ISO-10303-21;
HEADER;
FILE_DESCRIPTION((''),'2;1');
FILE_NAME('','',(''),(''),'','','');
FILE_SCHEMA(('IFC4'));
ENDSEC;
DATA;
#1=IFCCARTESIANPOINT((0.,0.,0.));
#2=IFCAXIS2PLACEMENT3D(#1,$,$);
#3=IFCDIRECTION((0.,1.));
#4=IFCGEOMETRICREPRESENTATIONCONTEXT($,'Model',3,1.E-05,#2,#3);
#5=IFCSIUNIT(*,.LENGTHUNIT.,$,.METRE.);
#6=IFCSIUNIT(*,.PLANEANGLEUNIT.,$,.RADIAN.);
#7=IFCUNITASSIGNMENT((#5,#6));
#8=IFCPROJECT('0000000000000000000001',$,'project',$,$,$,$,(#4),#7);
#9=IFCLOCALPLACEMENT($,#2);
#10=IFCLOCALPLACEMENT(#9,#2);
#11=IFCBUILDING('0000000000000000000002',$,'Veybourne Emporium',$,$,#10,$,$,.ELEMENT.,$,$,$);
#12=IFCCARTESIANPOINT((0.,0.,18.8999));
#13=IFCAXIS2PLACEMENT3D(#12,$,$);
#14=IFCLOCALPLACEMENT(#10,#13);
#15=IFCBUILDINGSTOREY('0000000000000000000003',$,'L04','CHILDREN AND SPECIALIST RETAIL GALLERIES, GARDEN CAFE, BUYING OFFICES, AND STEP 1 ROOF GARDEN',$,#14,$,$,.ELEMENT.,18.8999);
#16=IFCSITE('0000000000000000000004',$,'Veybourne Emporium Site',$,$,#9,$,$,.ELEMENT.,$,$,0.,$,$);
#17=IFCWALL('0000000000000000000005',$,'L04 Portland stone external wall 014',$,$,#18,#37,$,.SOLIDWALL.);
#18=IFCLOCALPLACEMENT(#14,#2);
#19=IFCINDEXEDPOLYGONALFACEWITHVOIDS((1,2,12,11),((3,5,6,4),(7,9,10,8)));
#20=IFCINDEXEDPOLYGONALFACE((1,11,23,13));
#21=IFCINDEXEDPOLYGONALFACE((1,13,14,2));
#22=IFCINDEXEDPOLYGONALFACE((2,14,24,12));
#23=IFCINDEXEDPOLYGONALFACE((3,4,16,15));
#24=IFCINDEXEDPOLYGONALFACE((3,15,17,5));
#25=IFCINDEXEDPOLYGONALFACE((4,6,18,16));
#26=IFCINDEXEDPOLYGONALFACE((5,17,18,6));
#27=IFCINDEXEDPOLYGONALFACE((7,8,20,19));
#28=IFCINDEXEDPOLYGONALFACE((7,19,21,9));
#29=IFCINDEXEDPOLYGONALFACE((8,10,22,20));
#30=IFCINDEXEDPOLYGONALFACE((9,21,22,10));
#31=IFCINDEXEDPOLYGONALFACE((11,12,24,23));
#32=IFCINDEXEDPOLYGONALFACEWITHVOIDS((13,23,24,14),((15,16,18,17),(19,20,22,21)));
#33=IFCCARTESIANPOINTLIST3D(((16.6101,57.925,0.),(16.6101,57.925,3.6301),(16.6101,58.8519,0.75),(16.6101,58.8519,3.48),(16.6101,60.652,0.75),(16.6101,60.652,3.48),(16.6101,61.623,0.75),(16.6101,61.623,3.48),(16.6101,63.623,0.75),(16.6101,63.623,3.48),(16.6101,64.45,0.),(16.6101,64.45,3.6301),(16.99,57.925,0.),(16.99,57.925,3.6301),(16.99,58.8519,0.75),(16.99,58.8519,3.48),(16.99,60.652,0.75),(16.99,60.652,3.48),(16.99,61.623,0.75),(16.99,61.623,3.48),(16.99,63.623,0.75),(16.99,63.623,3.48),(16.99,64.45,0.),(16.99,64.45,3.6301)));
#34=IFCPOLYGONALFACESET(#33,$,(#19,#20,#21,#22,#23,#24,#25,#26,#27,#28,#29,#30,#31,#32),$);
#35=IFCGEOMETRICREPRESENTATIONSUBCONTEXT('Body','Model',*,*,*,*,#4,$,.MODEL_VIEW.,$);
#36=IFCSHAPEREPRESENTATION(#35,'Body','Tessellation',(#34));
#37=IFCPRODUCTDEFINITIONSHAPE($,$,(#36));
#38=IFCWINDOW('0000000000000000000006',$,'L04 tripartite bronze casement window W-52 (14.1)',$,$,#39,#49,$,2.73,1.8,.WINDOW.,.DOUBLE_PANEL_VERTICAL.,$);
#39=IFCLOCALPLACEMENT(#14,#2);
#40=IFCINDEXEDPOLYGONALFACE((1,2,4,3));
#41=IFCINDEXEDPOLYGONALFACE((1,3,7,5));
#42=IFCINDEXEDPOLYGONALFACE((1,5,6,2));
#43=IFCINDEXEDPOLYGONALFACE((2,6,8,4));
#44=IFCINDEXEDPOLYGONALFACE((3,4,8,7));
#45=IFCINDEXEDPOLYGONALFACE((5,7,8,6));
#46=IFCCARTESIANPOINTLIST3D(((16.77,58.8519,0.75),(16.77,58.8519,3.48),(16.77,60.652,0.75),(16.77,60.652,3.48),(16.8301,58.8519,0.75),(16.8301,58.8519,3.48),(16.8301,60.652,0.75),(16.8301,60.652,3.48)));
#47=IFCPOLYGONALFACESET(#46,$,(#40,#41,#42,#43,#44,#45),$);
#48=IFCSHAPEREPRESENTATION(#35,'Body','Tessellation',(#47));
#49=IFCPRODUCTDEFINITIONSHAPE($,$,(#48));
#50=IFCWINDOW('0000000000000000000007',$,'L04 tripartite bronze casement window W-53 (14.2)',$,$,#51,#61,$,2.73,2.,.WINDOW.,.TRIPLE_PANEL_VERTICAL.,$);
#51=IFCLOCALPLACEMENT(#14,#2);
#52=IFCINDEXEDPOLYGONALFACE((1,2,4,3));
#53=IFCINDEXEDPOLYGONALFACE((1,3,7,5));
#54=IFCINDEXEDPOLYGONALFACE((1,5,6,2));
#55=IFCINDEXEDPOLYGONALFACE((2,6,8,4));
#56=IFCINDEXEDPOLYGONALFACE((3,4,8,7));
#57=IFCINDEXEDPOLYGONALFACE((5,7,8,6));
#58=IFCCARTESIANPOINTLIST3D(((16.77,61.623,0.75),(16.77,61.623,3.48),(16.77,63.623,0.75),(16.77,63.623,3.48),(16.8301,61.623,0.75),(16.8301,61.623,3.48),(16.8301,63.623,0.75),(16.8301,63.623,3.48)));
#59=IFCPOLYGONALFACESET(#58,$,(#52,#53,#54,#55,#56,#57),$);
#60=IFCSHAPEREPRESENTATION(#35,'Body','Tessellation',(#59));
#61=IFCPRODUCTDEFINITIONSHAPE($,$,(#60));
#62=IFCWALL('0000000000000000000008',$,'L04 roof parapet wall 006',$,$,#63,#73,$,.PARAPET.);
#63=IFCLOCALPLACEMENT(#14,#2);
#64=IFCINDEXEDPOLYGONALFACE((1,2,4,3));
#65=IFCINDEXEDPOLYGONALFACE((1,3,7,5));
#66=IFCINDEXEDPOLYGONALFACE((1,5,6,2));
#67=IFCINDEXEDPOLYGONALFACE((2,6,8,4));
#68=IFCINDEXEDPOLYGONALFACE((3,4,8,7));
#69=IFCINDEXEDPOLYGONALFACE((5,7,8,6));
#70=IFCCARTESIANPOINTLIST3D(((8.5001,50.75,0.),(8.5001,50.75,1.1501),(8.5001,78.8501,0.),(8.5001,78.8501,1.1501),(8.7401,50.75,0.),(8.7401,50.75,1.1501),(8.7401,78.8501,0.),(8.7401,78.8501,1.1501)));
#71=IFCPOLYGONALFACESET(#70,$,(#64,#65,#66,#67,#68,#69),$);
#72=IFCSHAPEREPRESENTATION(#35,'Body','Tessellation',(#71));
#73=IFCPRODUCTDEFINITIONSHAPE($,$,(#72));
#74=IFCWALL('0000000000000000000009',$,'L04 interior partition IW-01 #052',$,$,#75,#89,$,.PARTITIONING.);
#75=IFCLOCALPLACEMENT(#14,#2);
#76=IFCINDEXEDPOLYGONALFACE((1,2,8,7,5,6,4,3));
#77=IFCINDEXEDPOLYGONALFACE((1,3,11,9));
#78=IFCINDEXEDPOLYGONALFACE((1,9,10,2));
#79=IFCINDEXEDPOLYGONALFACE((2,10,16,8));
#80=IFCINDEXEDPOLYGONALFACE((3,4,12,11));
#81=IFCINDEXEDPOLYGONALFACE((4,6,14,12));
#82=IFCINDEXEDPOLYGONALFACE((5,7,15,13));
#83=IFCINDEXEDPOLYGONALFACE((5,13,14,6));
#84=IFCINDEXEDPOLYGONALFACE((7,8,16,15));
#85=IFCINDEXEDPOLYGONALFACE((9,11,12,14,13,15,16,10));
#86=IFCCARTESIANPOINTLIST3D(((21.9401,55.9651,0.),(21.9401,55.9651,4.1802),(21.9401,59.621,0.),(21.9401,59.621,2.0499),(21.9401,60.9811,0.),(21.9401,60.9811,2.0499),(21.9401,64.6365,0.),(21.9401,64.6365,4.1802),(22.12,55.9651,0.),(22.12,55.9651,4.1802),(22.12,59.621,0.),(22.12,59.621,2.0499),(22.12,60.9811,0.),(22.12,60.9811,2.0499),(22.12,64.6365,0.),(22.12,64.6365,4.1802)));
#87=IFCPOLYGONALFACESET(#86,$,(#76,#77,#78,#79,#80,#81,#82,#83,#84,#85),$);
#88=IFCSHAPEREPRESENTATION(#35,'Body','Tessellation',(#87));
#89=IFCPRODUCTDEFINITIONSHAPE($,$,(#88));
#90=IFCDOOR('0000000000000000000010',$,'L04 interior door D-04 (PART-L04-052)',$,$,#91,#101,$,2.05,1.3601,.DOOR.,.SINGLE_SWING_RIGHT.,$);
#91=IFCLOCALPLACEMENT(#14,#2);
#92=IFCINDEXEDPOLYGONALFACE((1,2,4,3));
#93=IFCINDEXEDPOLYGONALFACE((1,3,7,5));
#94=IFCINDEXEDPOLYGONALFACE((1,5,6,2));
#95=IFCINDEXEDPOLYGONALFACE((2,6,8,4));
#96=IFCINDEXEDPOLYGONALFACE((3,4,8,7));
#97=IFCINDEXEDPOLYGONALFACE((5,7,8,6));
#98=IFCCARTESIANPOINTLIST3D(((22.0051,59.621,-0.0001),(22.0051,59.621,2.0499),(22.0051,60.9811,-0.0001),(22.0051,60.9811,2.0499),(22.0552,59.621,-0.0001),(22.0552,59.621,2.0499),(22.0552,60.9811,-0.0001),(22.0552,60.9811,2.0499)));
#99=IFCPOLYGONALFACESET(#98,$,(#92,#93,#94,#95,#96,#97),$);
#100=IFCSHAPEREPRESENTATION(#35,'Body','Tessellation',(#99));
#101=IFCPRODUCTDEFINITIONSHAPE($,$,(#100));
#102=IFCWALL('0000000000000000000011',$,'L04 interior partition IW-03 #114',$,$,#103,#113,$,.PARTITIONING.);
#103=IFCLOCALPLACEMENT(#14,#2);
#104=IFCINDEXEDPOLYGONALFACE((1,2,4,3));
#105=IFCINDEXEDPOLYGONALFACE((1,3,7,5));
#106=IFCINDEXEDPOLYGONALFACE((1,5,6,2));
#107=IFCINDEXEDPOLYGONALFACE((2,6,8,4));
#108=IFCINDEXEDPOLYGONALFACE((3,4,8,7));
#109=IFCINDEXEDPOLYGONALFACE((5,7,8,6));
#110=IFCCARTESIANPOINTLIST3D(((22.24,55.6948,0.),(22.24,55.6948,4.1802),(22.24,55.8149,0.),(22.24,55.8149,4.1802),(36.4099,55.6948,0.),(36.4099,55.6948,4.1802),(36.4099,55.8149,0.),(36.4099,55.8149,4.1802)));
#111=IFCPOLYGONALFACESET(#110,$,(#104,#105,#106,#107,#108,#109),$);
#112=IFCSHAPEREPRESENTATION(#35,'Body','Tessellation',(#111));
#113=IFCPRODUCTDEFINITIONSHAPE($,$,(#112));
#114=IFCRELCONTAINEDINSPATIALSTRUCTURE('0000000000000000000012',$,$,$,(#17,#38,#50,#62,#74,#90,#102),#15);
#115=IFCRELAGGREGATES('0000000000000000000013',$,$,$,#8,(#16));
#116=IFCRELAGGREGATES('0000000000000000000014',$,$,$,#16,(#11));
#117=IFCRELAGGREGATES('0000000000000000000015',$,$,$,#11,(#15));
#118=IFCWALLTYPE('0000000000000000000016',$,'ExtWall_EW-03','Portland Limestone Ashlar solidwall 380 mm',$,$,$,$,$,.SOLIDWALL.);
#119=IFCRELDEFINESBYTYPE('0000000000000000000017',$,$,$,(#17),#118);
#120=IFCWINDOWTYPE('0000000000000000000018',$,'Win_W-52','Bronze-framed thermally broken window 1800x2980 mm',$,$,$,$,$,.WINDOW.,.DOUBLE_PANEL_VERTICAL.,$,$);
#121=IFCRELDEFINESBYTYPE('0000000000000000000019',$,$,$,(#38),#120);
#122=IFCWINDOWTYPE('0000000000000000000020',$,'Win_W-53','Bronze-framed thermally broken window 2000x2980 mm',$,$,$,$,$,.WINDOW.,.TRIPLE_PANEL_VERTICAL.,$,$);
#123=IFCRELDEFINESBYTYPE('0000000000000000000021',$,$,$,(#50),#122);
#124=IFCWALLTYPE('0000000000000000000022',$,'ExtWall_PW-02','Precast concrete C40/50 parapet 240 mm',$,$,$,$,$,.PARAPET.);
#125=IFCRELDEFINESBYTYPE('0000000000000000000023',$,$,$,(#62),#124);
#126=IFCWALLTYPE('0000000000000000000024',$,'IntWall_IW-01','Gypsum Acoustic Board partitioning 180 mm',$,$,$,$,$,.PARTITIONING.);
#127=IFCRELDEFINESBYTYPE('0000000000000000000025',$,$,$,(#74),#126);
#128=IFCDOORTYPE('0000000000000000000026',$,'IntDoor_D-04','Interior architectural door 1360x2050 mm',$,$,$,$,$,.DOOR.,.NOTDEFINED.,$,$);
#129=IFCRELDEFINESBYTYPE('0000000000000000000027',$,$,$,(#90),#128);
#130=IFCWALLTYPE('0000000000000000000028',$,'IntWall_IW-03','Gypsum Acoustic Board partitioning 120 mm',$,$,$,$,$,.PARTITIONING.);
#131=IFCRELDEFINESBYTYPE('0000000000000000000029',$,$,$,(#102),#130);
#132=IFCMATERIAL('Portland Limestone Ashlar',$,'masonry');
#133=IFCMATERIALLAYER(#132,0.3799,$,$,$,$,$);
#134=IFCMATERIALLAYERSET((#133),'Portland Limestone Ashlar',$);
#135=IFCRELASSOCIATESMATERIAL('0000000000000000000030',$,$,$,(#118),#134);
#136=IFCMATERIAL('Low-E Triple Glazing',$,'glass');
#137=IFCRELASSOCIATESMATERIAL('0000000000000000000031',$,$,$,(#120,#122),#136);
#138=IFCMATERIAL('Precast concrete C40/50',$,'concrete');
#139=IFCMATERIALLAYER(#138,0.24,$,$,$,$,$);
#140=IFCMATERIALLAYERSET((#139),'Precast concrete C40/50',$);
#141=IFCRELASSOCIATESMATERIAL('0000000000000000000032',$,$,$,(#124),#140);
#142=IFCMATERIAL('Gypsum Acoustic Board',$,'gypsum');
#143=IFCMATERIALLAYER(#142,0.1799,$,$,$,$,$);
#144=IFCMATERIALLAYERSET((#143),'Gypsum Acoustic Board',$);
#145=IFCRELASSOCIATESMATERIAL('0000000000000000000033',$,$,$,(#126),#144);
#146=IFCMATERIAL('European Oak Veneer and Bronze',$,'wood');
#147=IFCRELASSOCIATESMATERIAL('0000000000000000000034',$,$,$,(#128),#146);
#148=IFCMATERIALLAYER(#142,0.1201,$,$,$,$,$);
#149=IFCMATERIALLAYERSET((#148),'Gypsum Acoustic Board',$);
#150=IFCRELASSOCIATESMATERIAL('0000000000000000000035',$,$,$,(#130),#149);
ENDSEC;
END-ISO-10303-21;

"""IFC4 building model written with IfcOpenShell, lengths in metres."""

from ifc_helpers import new_model, si_unit, direction, frame, frame_2d, origin, place, context, subcontext, project, spatial, rectangle, extrude, material, layer, layer_set, type_object, element, fill, save


model = new_model("IFC4")

# Units and contexts
model_context = context("Model", 3, precision=1e-05, world=origin(), true_north=direction((0.0, 1.0)))
body_context = subcontext(model_context, "Body", "Model", "MODEL_VIEW")
ifc_project = project(units=[si_unit("LENGTHUNIT", "METRE"), si_unit("PLANEANGLEUNIT", "RADIAN")], contexts=[model_context])

# Site, building, storey
site_placement = place(None, origin())
site = spatial("IfcSite", under=ifc_project, at=site_placement, Name="Veybourne Emporium Site", CompositionType="ELEMENT", RefElevation=0.0)
building_placement = place(site_placement, origin())
building = spatial("IfcBuilding", under=site, at=building_placement, Name="Veybourne Emporium", CompositionType="ELEMENT")
storey_placement = place(building_placement, frame((0.0, 0.0, 18.8999)))
storey = spatial("IfcBuildingStorey", under=building, at=storey_placement, Name="L04", Description="CHILDREN AND SPECIALIST RETAIL GALLERIES, GARDEN CAFE, BUYING OFFICES, AND STEP 1 ROOF GARDEN", CompositionType="ELEMENT", Elevation=18.8999)

# Wall, openings, windows
ifc_material_1 = material(Name="Portland Limestone Ashlar", Category="masonry")
ifc_layer_1 = layer(ifc_material_1, 0.3799)
ifc_layer_set_1 = layer_set([ifc_layer_1], Name="Portland Limestone Ashlar")
wall_type_1 = type_object("IfcWallType", Name="ExtWall_EW-03", Description="Portland Limestone Ashlar solidwall 380 mm", PredefinedType="SOLIDWALL", material=ifc_layer_set_1)
ifc_material_2 = material(Name="Low-E Triple Glazing", Category="glass")
wall_1_placement = place(storey_placement, frame((16.8, 57.925, 0.0), z_axis=(0.0, 0.0, 1.0), x_axis=(0.0, 1.0, 0.0)))
wall_1 = element("IfcWall", 1, at=wall_1_placement, inside=storey, type_object=wall_type_1, Name="L04 Portland stone external wall 014", PredefinedType="SOLIDWALL", context=body_context, shape_type="SweptSolid", body=[
    extrude(rectangle(XDim=6.5249, YDim=0.3799, at=frame_2d((3.2625, 0.0))), origin(), (0.0, 0.0, 1.0), 3.6301),
])
opening_1_placement = place(wall_1_placement, frame((0.927, 0.0, 0.75)))
opening_1 = element("IfcOpeningElement", 2, at=opening_1_placement, cuts=wall_1, PredefinedType="OPENING", context=body_context, shape_type="SweptSolid", body=[
    extrude(rectangle(XDim=1.8, YDim=2.73, at=frame_2d((0.8999, 1.365))), frame((0.0, 0.21, 0.0), z_axis=(0.0, -1.0, 0.0), x_axis=(1.0, 0.0, 0.0)), (0.0, 0.0, 1.0), 0.4199),
])
opening_2_placement = place(wall_1_placement, frame((3.698, 0.0, 0.75)))
opening_2 = element("IfcOpeningElement", 3, at=opening_2_placement, cuts=wall_1, PredefinedType="OPENING", context=body_context, shape_type="SweptSolid", body=[
    extrude(rectangle(XDim=2.0, YDim=2.73, at=frame_2d((1.0, 1.365))), frame((0.0, 0.21, 0.0), z_axis=(0.0, -1.0, 0.0), x_axis=(1.0, 0.0, 0.0)), (0.0, 0.0, 1.0), 0.4199),
])
window_type_1 = type_object("IfcWindowType", Name="Win_W-52", Description="Bronze-framed thermally broken window 1800x2980 mm", PartitioningType="DOUBLE_PANEL_VERTICAL", PredefinedType="WINDOW", material=ifc_material_2)
window_1_placement = place(opening_1_placement, origin())
window_1 = element("IfcWindow", 4, at=window_1_placement, inside=storey, type_object=window_type_1, Name="L04 tripartite bronze casement window W-52 (14.1)", OverallHeight=2.73, OverallWidth=1.8, PartitioningType="DOUBLE_PANEL_VERTICAL", PredefinedType="WINDOW", context=body_context, shape_type="SweptSolid", body=[
    extrude(rectangle(XDim=1.8, YDim=2.73, at=frame_2d((0.8999, 1.365))), frame((0.0, 0.03, 0.0), z_axis=(0.0, -1.0, 0.0), x_axis=(1.0, 0.0, 0.0)), (0.0, 0.0, 1.0), 0.0601),
])
fill(opening_1, window_1)
window_type_2 = type_object("IfcWindowType", Name="Win_W-53", Description="Bronze-framed thermally broken window 2000x2980 mm", PartitioningType="TRIPLE_PANEL_VERTICAL", PredefinedType="WINDOW", material=ifc_material_2)
window_2_placement = place(opening_2_placement, origin())
window_2 = element("IfcWindow", 5, at=window_2_placement, inside=storey, type_object=window_type_2, Name="L04 tripartite bronze casement window W-53 (14.2)", OverallHeight=2.73, OverallWidth=2.0, PartitioningType="TRIPLE_PANEL_VERTICAL", PredefinedType="WINDOW", context=body_context, shape_type="SweptSolid", body=[
    extrude(rectangle(XDim=2.0, YDim=2.73, at=frame_2d((1.0, 1.365))), frame((0.0, 0.03, 0.0), z_axis=(0.0, -1.0, 0.0), x_axis=(1.0, 0.0, 0.0)), (0.0, 0.0, 1.0), 0.0601),
])
fill(opening_2, window_2)

# Wall
ifc_material_3 = material(Name="Precast concrete C40/50", Category="concrete")
ifc_layer_2 = layer(ifc_material_3, 0.24)
ifc_layer_set_2 = layer_set([ifc_layer_2], Name="Precast concrete C40/50")
wall_type_2 = type_object("IfcWallType", Name="ExtWall_PW-02", Description="Precast concrete C40/50 parapet 240 mm", PredefinedType="PARAPET", material=ifc_layer_set_2)
wall_2_placement = place(storey_placement, frame((8.6201, 50.75, 0.0), z_axis=(0.0, 0.0, 1.0), x_axis=(0.0, 1.0, 0.0)))
element("IfcWall", 6, at=wall_2_placement, inside=storey, type_object=wall_type_2, Name="L04 roof parapet wall 006", PredefinedType="PARAPET", context=body_context, shape_type="SweptSolid", body=[
    extrude(rectangle(XDim=28.1001, YDim=0.24, at=frame_2d((14.05, 0.0))), origin(), (0.0, 0.0, 1.0), 1.1501),
])

# Wall, opening, door
ifc_material_4 = material(Name="Gypsum Acoustic Board", Category="gypsum")
ifc_layer_3 = layer(ifc_material_4, 0.1799)
ifc_layer_set_3 = layer_set([ifc_layer_3], Name="Gypsum Acoustic Board")
wall_type_3 = type_object("IfcWallType", Name="IntWall_IW-01", Description="Gypsum Acoustic Board partitioning 180 mm", PredefinedType="PARTITIONING", material=ifc_layer_set_3)
wall_3_placement = place(storey_placement, frame((22.03, 55.9651, 0.0), z_axis=(0.0, 0.0, 1.0), x_axis=(0.0, 1.0, 0.0)))
wall_3 = element("IfcWall", 7, at=wall_3_placement, inside=storey, type_object=wall_type_3, Name="L04 interior partition IW-01 #052", PredefinedType="PARTITIONING", context=body_context, shape_type="SweptSolid", body=[
    extrude(rectangle(XDim=8.6714, YDim=0.1799, at=frame_2d((4.3357, 0.0))), origin(), (0.0, 0.0, 1.0), 4.1802),
])
opening_3_placement = place(wall_3_placement, frame((3.6558, 0.0, 0.0)))
opening_3 = element("IfcOpeningElement", 8, at=opening_3_placement, cuts=wall_3, PredefinedType="OPENING", context=body_context, shape_type="SweptSolid", body=[
    extrude(rectangle(XDim=1.3601, YDim=2.05, at=frame_2d((0.6802, 1.0249))), frame((0.0, 0.1099, 0.0), z_axis=(0.0, -1.0, 0.0), x_axis=(1.0, 0.0, 0.0)), (0.0, 0.0, 1.0), 0.22),
])
ifc_material_5 = material(Name="European Oak Veneer and Bronze", Category="wood")
door_type = type_object("IfcDoorType", Name="IntDoor_D-04", Description="Interior architectural door 1360x2050 mm", OperationType="NOTDEFINED", PredefinedType="DOOR", material=ifc_material_5)
door_placement = place(opening_3_placement, origin())
door = element("IfcDoor", 9, at=door_placement, inside=storey, type_object=door_type, Name="L04 interior door D-04 (PART-L04-052)", OperationType="SINGLE_SWING_RIGHT", OverallHeight=2.05, OverallWidth=1.3601, PredefinedType="DOOR", context=body_context, shape_type="SweptSolid", body=[
    extrude(rectangle(XDim=1.3601, YDim=2.05, at=frame_2d((0.6802, 1.0249))), frame((0.0, 0.0249, 0.0), z_axis=(0.0, -1.0, 0.0), x_axis=(1.0, 0.0, 0.0)), (0.0, 0.0, 1.0), 0.05),
])
fill(opening_3, door)

# Wall
ifc_layer_4 = layer(ifc_material_4, 0.1201)
ifc_layer_set_4 = layer_set([ifc_layer_4], Name="Gypsum Acoustic Board")
wall_type_4 = type_object("IfcWallType", Name="IntWall_IW-03", Description="Gypsum Acoustic Board partitioning 120 mm", PredefinedType="PARTITIONING", material=ifc_layer_set_4)
wall_4_placement = place(storey_placement, frame((22.24, 55.7549, 0.0), z_axis=(0.0, 0.0, 1.0), x_axis=(1.0, 0.0, 0.0)))
element("IfcWall", 10, at=wall_4_placement, inside=storey, type_object=wall_type_4, Name="L04 interior partition IW-03 #114", PredefinedType="PARTITIONING", context=body_context, shape_type="SweptSolid", body=[
    extrude(rectangle(XDim=14.1699, YDim=0.1201, at=frame_2d((7.085, 0.0))), origin(), (0.0, 0.0, 1.0), 4.1802),
])

save(model, "model.ifc")
